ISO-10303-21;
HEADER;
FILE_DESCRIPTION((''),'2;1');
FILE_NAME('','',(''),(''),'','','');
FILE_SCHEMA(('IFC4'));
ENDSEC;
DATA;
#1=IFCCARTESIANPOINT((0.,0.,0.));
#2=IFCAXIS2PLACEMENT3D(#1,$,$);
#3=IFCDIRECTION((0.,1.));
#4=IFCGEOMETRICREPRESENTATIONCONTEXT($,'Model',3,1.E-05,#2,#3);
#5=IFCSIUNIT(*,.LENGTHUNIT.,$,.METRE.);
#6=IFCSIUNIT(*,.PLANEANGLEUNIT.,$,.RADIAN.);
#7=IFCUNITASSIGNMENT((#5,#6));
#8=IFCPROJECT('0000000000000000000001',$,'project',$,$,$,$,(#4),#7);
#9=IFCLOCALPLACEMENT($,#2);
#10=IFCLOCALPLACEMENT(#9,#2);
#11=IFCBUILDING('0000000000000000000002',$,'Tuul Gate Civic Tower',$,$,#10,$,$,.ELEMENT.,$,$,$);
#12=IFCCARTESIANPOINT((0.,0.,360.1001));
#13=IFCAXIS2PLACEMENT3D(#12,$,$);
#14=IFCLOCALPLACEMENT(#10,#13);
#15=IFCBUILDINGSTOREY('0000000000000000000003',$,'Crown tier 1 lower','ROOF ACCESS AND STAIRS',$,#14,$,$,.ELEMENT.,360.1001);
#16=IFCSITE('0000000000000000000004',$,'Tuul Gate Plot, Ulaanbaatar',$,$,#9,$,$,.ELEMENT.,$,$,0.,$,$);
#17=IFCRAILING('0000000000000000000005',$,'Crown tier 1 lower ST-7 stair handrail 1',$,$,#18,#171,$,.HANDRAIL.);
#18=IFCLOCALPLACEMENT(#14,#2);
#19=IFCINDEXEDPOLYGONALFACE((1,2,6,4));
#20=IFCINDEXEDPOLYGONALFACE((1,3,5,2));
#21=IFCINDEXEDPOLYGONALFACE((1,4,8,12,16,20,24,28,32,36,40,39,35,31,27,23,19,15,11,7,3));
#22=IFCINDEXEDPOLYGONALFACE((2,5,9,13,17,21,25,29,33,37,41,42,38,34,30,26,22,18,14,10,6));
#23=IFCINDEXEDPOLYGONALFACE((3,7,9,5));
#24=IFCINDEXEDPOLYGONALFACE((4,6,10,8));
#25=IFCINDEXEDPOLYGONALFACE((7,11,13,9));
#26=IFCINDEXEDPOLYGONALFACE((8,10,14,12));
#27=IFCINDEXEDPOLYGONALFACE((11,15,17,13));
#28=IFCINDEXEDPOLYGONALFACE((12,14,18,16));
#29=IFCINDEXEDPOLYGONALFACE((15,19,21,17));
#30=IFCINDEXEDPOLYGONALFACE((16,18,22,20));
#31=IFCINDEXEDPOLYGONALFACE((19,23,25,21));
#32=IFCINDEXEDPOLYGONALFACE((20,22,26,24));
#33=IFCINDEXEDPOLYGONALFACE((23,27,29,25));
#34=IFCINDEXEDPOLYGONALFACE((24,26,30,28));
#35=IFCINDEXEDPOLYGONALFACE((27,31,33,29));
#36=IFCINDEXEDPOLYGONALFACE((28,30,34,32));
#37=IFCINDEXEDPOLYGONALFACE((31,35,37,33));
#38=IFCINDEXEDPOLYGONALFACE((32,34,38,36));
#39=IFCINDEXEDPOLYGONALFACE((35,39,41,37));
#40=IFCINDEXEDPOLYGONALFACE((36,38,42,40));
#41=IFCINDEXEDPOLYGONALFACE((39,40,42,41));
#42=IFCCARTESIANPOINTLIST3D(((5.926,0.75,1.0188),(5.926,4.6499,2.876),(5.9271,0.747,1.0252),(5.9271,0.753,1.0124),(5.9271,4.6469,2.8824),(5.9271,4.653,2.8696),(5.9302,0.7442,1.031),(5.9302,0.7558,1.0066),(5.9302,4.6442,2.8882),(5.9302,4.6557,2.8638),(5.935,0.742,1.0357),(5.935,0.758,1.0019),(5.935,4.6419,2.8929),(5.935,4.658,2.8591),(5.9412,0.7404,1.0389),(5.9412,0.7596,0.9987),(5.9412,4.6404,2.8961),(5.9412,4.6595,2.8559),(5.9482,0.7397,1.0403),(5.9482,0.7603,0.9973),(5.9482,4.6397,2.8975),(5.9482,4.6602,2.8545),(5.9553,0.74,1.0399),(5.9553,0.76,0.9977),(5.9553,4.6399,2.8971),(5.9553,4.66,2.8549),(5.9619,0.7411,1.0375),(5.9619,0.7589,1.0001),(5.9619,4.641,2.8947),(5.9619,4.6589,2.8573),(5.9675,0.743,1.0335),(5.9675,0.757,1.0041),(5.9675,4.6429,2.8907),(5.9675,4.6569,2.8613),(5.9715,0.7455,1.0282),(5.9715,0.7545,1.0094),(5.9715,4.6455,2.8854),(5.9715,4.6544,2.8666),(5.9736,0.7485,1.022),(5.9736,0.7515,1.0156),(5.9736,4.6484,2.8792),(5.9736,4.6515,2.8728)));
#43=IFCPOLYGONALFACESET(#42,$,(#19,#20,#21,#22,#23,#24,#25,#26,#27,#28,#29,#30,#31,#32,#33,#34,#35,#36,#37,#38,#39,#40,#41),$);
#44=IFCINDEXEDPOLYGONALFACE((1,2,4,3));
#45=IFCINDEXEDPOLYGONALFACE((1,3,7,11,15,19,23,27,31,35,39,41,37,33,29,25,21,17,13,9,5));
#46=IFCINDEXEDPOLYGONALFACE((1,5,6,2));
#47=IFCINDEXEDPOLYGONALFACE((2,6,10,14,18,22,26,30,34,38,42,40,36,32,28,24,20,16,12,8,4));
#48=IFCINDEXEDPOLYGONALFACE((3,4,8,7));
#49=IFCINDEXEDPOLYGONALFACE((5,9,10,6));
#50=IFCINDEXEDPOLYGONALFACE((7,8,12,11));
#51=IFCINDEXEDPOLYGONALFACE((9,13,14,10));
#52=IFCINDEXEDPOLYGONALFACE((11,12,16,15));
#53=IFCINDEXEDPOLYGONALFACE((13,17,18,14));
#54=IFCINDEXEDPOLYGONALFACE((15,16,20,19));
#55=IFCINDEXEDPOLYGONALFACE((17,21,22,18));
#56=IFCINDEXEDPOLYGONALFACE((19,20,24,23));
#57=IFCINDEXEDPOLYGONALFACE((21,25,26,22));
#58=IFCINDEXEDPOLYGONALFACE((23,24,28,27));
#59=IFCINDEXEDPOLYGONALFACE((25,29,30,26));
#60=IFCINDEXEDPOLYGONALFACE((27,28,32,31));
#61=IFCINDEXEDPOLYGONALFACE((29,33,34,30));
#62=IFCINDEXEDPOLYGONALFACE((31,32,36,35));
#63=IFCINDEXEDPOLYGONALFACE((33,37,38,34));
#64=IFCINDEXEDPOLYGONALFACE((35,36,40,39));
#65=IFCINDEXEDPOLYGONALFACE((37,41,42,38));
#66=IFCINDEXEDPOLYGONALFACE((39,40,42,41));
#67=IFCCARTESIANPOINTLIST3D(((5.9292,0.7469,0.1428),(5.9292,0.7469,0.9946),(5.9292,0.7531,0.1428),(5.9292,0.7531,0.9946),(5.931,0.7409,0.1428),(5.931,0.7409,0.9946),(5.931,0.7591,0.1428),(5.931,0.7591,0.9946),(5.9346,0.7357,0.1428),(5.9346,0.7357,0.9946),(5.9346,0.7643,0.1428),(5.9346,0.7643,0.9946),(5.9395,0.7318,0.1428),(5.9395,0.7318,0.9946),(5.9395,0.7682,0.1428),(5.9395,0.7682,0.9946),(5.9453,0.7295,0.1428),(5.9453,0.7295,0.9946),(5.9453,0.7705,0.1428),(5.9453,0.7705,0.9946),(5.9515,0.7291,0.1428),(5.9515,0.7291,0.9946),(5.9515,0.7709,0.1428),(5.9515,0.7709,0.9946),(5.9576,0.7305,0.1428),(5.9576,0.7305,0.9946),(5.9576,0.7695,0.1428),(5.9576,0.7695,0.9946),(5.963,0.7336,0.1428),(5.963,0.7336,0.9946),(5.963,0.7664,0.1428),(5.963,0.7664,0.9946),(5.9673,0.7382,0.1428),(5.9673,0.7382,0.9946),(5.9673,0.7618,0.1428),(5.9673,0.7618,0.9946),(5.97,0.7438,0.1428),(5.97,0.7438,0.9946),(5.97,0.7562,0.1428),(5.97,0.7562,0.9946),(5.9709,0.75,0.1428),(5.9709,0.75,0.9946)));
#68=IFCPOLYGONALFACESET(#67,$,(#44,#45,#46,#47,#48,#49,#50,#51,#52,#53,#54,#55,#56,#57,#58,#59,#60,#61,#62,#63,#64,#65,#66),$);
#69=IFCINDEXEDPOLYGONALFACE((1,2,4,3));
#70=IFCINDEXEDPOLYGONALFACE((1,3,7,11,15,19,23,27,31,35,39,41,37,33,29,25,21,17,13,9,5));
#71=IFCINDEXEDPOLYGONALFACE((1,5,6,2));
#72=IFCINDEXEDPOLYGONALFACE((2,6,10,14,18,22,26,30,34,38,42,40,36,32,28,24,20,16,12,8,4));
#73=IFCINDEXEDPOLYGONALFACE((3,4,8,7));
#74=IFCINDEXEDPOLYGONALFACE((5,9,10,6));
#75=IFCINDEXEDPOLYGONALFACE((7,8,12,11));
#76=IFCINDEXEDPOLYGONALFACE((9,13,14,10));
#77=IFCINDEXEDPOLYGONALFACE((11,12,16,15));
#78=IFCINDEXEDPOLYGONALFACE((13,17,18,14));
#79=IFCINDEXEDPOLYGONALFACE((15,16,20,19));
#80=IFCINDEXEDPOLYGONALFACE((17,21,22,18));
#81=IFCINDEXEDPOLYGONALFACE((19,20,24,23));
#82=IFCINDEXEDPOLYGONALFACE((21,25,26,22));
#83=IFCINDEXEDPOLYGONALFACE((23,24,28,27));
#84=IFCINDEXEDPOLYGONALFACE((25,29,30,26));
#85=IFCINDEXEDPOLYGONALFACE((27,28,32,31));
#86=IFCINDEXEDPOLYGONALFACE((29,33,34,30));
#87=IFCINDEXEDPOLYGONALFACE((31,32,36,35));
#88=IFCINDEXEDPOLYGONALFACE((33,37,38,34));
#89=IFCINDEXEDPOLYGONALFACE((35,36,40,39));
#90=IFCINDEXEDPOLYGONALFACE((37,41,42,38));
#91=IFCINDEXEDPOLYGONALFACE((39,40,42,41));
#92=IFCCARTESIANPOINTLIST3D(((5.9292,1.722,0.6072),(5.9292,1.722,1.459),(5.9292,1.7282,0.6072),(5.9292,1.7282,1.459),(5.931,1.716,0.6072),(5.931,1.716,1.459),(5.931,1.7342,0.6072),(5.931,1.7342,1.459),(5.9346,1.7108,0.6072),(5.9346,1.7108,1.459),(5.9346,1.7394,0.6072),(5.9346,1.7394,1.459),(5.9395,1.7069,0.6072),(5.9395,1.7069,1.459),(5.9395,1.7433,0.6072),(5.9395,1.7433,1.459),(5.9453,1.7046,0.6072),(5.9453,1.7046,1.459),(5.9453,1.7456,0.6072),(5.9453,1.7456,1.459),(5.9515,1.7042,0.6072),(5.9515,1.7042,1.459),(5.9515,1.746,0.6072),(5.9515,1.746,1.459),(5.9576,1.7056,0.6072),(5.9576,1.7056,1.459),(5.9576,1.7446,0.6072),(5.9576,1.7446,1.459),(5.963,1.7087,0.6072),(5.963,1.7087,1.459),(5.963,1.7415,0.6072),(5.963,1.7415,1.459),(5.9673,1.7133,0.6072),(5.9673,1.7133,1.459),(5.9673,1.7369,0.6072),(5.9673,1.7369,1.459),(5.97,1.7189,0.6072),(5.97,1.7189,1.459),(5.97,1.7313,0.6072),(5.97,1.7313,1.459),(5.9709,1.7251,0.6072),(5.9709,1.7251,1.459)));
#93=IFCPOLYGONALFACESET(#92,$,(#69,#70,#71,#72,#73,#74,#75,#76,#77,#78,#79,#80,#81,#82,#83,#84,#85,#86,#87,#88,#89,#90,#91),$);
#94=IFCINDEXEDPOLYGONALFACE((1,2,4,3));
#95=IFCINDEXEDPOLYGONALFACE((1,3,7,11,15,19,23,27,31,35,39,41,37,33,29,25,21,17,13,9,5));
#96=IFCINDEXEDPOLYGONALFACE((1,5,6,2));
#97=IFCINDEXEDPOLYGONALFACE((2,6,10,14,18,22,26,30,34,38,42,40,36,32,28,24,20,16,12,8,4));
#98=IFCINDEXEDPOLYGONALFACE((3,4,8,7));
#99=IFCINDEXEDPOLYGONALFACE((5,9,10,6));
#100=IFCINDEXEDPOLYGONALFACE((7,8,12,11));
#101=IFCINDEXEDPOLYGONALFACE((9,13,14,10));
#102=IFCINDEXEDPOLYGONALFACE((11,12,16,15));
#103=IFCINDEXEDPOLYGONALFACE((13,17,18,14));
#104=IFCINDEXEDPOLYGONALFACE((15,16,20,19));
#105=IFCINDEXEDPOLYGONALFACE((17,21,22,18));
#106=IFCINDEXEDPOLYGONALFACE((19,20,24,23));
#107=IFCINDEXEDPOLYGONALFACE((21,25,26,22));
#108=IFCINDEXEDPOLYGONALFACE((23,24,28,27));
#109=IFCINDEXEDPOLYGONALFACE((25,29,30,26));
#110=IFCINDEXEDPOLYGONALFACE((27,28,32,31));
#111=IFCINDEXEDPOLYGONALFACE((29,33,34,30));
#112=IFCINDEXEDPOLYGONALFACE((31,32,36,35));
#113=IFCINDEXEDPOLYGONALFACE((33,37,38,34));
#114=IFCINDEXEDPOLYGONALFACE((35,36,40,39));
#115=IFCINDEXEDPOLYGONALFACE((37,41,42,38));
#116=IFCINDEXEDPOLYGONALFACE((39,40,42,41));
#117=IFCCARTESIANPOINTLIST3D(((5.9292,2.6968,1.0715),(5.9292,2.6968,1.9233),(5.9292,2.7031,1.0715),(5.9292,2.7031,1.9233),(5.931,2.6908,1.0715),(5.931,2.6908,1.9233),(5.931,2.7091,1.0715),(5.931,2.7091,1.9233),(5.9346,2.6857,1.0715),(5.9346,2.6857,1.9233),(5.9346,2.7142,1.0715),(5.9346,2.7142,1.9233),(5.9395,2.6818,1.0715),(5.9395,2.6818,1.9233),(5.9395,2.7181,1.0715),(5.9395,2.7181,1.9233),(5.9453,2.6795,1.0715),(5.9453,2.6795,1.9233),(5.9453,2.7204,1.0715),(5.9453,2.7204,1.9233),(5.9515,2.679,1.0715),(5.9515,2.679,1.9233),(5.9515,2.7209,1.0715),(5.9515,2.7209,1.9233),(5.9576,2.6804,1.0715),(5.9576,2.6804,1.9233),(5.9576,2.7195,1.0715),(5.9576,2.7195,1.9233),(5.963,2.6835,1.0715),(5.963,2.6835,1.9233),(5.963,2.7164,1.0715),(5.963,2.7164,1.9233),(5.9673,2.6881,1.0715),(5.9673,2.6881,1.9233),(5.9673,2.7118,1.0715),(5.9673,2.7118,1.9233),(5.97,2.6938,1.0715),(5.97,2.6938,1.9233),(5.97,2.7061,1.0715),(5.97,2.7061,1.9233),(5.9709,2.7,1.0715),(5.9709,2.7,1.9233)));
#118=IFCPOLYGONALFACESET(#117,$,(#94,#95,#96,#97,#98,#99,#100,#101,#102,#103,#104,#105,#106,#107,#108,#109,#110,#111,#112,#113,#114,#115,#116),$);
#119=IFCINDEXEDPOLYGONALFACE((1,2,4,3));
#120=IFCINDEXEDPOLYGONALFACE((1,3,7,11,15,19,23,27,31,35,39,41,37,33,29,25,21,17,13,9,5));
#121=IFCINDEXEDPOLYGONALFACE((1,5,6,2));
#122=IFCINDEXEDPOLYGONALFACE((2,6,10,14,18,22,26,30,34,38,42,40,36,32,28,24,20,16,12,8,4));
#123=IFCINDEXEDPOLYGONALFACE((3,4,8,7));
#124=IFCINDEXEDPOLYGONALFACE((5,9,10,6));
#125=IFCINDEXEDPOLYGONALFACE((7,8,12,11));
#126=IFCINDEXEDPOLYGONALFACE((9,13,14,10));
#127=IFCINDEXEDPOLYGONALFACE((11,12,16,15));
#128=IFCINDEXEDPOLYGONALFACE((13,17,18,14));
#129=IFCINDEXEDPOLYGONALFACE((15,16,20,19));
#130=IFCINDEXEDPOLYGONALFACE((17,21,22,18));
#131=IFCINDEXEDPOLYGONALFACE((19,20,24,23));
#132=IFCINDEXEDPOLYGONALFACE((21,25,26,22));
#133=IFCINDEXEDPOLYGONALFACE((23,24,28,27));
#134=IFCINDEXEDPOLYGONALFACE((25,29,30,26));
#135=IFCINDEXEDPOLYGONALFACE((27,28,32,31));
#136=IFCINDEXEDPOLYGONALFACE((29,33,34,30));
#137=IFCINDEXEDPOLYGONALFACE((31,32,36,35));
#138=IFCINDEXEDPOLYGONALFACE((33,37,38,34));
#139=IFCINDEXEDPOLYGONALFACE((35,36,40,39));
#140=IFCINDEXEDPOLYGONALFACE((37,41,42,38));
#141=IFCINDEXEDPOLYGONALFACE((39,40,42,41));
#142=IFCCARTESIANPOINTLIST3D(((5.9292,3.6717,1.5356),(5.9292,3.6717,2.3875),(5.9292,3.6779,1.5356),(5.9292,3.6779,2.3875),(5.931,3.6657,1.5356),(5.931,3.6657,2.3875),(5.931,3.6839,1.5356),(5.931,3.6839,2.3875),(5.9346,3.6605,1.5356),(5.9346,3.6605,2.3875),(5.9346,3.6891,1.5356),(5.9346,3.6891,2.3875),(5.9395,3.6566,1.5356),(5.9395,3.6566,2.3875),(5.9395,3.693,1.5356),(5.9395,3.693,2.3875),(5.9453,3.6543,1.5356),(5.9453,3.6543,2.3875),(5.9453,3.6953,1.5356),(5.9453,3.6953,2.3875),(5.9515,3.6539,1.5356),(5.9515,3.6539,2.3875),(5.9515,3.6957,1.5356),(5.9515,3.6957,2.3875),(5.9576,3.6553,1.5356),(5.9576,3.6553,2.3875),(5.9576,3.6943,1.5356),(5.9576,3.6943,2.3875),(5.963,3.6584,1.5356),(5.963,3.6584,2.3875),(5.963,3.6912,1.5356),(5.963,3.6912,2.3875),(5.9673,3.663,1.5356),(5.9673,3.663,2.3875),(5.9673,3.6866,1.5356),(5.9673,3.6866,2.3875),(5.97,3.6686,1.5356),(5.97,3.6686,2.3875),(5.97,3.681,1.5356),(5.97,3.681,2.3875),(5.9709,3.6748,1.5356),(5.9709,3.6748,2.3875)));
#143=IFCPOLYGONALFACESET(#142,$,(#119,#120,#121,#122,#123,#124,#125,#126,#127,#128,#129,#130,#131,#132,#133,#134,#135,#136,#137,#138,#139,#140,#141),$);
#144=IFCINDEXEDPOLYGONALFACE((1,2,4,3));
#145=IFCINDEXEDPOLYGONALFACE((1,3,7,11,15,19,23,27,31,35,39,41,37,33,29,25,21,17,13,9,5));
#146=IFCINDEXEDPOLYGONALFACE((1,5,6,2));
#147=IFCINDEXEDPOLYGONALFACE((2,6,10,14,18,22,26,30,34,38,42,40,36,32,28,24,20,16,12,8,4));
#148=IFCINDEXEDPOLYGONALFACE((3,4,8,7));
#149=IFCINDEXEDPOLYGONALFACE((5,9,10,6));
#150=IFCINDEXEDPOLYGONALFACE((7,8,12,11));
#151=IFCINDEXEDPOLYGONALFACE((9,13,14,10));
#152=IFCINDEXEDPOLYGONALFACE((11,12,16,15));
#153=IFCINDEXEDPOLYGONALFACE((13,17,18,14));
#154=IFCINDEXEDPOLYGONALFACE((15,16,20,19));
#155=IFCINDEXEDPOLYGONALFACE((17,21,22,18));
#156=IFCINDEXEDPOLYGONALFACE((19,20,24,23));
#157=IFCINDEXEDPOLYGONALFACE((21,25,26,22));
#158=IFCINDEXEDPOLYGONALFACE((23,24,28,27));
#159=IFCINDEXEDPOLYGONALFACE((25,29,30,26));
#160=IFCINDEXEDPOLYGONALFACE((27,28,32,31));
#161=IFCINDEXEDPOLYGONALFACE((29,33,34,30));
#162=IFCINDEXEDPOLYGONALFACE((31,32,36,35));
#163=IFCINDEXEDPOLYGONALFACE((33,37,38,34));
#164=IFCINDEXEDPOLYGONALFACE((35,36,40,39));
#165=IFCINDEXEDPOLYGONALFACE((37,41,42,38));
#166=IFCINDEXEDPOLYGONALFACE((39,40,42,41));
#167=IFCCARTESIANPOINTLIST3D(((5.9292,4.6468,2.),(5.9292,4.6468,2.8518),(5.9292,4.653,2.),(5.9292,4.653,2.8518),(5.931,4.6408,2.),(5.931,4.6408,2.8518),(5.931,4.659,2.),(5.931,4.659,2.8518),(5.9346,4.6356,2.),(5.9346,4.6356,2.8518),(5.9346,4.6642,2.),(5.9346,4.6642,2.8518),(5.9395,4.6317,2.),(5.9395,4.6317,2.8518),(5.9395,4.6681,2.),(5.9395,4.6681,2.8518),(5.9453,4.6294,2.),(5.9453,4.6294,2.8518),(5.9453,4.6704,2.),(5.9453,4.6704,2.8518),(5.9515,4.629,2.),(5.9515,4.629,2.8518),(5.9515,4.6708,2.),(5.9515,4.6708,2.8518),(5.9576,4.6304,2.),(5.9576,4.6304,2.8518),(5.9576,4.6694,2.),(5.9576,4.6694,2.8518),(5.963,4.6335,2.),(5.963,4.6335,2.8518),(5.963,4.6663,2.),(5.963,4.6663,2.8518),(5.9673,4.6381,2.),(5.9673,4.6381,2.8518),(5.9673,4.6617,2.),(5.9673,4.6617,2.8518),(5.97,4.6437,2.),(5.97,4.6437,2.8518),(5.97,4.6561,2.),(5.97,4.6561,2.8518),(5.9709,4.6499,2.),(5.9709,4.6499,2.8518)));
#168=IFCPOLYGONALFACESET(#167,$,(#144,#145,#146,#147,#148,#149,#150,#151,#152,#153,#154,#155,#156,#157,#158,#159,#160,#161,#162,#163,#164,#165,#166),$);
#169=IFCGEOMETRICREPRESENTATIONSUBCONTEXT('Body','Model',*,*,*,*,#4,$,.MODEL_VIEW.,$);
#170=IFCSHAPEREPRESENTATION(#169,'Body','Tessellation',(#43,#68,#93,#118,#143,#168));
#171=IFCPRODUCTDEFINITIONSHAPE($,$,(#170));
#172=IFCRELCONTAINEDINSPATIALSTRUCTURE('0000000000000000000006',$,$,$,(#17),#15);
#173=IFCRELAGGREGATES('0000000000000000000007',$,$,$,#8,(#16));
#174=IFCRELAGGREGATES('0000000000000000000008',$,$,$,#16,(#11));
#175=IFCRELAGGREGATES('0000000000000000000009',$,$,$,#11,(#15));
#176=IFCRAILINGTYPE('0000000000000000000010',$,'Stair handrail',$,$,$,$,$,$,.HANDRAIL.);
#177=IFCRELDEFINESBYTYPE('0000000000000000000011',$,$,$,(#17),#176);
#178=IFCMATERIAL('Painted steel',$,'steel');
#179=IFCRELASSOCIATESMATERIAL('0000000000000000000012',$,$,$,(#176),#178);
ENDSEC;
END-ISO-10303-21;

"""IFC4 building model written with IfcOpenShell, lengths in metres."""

from ifc_helpers import new_model, si_unit, direction, frame, origin, origin_2d, place, context, subcontext, project, spatial, circle, extrude, material, type_object, element, save


model = new_model("IFC4")

# Units and contexts
model_context = context("Model", 3, precision=1e-05, world=origin(), true_north=direction((0.0, 1.0)))
body_context = subcontext(model_context, "Body", "Model", "MODEL_VIEW")
ifc_project = project(units=[si_unit("LENGTHUNIT", "METRE"), si_unit("PLANEANGLEUNIT", "RADIAN")], contexts=[model_context])

# Site, building, storey
site_placement = place(None, origin())
site = spatial("IfcSite", under=ifc_project, at=site_placement, Name="Tuul Gate Plot, Ulaanbaatar", CompositionType="ELEMENT", RefElevation=0.0)
building_placement = place(site_placement, origin())
building = spatial("IfcBuilding", under=site, at=building_placement, Name="Tuul Gate Civic Tower", CompositionType="ELEMENT")
storey_placement = place(building_placement, frame((0.0, 0.0, 360.1001)))
storey = spatial("IfcBuildingStorey", under=building, at=storey_placement, Name="Crown tier 1 lower", Description="ROOF ACCESS AND STAIRS", CompositionType="ELEMENT", Elevation=360.1001)

# Railing
ifc_material_1 = material(Name="Painted steel", Category="steel")
railing_type_1 = type_object("IfcRailingType", Name="Stair handrail", PredefinedType="HANDRAIL", material=ifc_material_1)
railing_1_placement = place(storey_placement, frame((5.95, 0.75, 0.1428)))
element("IfcRailing", 1, at=railing_1_placement, inside=storey, type_object=railing_type_1, Name="Crown tier 1 lower ST-7 stair handrail 1", PredefinedType="HANDRAIL", context=body_context, shape_type="SweptSolid", body=[
    extrude(circle(Radius=0.0239, at=origin_2d()), frame((0.0, 0.0, 0.876), z_axis=(0.0, 0.902853, 0.429949), x_axis=(-1.0, 0.0, 0.0)), (0.0, 0.0, 1.0), 4.3196),
    extrude(circle(Radius=0.021, at=origin_2d()), origin(), (0.0, 0.0, 1.0), 0.8518),
    extrude(circle(Radius=0.021, at=origin_2d()), frame((0.0, 0.9751, 0.4644)), (0.0, 0.0, 1.0), 0.8518),
    extrude(circle(Radius=0.021, at=origin_2d()), frame((0.0, 1.95, 0.9287)), (0.0, 0.0, 1.0), 0.8518),
    extrude(circle(Radius=0.021, at=origin_2d()), frame((0.0, 2.9248, 1.3928)), (0.0, 0.0, 1.0), 0.8518),
    extrude(circle(Radius=0.021, at=origin_2d()), frame((0.0, 3.8999, 1.8572)), (0.0, 0.0, 1.0), 0.8518),
])

save(model, "model.ifc")
